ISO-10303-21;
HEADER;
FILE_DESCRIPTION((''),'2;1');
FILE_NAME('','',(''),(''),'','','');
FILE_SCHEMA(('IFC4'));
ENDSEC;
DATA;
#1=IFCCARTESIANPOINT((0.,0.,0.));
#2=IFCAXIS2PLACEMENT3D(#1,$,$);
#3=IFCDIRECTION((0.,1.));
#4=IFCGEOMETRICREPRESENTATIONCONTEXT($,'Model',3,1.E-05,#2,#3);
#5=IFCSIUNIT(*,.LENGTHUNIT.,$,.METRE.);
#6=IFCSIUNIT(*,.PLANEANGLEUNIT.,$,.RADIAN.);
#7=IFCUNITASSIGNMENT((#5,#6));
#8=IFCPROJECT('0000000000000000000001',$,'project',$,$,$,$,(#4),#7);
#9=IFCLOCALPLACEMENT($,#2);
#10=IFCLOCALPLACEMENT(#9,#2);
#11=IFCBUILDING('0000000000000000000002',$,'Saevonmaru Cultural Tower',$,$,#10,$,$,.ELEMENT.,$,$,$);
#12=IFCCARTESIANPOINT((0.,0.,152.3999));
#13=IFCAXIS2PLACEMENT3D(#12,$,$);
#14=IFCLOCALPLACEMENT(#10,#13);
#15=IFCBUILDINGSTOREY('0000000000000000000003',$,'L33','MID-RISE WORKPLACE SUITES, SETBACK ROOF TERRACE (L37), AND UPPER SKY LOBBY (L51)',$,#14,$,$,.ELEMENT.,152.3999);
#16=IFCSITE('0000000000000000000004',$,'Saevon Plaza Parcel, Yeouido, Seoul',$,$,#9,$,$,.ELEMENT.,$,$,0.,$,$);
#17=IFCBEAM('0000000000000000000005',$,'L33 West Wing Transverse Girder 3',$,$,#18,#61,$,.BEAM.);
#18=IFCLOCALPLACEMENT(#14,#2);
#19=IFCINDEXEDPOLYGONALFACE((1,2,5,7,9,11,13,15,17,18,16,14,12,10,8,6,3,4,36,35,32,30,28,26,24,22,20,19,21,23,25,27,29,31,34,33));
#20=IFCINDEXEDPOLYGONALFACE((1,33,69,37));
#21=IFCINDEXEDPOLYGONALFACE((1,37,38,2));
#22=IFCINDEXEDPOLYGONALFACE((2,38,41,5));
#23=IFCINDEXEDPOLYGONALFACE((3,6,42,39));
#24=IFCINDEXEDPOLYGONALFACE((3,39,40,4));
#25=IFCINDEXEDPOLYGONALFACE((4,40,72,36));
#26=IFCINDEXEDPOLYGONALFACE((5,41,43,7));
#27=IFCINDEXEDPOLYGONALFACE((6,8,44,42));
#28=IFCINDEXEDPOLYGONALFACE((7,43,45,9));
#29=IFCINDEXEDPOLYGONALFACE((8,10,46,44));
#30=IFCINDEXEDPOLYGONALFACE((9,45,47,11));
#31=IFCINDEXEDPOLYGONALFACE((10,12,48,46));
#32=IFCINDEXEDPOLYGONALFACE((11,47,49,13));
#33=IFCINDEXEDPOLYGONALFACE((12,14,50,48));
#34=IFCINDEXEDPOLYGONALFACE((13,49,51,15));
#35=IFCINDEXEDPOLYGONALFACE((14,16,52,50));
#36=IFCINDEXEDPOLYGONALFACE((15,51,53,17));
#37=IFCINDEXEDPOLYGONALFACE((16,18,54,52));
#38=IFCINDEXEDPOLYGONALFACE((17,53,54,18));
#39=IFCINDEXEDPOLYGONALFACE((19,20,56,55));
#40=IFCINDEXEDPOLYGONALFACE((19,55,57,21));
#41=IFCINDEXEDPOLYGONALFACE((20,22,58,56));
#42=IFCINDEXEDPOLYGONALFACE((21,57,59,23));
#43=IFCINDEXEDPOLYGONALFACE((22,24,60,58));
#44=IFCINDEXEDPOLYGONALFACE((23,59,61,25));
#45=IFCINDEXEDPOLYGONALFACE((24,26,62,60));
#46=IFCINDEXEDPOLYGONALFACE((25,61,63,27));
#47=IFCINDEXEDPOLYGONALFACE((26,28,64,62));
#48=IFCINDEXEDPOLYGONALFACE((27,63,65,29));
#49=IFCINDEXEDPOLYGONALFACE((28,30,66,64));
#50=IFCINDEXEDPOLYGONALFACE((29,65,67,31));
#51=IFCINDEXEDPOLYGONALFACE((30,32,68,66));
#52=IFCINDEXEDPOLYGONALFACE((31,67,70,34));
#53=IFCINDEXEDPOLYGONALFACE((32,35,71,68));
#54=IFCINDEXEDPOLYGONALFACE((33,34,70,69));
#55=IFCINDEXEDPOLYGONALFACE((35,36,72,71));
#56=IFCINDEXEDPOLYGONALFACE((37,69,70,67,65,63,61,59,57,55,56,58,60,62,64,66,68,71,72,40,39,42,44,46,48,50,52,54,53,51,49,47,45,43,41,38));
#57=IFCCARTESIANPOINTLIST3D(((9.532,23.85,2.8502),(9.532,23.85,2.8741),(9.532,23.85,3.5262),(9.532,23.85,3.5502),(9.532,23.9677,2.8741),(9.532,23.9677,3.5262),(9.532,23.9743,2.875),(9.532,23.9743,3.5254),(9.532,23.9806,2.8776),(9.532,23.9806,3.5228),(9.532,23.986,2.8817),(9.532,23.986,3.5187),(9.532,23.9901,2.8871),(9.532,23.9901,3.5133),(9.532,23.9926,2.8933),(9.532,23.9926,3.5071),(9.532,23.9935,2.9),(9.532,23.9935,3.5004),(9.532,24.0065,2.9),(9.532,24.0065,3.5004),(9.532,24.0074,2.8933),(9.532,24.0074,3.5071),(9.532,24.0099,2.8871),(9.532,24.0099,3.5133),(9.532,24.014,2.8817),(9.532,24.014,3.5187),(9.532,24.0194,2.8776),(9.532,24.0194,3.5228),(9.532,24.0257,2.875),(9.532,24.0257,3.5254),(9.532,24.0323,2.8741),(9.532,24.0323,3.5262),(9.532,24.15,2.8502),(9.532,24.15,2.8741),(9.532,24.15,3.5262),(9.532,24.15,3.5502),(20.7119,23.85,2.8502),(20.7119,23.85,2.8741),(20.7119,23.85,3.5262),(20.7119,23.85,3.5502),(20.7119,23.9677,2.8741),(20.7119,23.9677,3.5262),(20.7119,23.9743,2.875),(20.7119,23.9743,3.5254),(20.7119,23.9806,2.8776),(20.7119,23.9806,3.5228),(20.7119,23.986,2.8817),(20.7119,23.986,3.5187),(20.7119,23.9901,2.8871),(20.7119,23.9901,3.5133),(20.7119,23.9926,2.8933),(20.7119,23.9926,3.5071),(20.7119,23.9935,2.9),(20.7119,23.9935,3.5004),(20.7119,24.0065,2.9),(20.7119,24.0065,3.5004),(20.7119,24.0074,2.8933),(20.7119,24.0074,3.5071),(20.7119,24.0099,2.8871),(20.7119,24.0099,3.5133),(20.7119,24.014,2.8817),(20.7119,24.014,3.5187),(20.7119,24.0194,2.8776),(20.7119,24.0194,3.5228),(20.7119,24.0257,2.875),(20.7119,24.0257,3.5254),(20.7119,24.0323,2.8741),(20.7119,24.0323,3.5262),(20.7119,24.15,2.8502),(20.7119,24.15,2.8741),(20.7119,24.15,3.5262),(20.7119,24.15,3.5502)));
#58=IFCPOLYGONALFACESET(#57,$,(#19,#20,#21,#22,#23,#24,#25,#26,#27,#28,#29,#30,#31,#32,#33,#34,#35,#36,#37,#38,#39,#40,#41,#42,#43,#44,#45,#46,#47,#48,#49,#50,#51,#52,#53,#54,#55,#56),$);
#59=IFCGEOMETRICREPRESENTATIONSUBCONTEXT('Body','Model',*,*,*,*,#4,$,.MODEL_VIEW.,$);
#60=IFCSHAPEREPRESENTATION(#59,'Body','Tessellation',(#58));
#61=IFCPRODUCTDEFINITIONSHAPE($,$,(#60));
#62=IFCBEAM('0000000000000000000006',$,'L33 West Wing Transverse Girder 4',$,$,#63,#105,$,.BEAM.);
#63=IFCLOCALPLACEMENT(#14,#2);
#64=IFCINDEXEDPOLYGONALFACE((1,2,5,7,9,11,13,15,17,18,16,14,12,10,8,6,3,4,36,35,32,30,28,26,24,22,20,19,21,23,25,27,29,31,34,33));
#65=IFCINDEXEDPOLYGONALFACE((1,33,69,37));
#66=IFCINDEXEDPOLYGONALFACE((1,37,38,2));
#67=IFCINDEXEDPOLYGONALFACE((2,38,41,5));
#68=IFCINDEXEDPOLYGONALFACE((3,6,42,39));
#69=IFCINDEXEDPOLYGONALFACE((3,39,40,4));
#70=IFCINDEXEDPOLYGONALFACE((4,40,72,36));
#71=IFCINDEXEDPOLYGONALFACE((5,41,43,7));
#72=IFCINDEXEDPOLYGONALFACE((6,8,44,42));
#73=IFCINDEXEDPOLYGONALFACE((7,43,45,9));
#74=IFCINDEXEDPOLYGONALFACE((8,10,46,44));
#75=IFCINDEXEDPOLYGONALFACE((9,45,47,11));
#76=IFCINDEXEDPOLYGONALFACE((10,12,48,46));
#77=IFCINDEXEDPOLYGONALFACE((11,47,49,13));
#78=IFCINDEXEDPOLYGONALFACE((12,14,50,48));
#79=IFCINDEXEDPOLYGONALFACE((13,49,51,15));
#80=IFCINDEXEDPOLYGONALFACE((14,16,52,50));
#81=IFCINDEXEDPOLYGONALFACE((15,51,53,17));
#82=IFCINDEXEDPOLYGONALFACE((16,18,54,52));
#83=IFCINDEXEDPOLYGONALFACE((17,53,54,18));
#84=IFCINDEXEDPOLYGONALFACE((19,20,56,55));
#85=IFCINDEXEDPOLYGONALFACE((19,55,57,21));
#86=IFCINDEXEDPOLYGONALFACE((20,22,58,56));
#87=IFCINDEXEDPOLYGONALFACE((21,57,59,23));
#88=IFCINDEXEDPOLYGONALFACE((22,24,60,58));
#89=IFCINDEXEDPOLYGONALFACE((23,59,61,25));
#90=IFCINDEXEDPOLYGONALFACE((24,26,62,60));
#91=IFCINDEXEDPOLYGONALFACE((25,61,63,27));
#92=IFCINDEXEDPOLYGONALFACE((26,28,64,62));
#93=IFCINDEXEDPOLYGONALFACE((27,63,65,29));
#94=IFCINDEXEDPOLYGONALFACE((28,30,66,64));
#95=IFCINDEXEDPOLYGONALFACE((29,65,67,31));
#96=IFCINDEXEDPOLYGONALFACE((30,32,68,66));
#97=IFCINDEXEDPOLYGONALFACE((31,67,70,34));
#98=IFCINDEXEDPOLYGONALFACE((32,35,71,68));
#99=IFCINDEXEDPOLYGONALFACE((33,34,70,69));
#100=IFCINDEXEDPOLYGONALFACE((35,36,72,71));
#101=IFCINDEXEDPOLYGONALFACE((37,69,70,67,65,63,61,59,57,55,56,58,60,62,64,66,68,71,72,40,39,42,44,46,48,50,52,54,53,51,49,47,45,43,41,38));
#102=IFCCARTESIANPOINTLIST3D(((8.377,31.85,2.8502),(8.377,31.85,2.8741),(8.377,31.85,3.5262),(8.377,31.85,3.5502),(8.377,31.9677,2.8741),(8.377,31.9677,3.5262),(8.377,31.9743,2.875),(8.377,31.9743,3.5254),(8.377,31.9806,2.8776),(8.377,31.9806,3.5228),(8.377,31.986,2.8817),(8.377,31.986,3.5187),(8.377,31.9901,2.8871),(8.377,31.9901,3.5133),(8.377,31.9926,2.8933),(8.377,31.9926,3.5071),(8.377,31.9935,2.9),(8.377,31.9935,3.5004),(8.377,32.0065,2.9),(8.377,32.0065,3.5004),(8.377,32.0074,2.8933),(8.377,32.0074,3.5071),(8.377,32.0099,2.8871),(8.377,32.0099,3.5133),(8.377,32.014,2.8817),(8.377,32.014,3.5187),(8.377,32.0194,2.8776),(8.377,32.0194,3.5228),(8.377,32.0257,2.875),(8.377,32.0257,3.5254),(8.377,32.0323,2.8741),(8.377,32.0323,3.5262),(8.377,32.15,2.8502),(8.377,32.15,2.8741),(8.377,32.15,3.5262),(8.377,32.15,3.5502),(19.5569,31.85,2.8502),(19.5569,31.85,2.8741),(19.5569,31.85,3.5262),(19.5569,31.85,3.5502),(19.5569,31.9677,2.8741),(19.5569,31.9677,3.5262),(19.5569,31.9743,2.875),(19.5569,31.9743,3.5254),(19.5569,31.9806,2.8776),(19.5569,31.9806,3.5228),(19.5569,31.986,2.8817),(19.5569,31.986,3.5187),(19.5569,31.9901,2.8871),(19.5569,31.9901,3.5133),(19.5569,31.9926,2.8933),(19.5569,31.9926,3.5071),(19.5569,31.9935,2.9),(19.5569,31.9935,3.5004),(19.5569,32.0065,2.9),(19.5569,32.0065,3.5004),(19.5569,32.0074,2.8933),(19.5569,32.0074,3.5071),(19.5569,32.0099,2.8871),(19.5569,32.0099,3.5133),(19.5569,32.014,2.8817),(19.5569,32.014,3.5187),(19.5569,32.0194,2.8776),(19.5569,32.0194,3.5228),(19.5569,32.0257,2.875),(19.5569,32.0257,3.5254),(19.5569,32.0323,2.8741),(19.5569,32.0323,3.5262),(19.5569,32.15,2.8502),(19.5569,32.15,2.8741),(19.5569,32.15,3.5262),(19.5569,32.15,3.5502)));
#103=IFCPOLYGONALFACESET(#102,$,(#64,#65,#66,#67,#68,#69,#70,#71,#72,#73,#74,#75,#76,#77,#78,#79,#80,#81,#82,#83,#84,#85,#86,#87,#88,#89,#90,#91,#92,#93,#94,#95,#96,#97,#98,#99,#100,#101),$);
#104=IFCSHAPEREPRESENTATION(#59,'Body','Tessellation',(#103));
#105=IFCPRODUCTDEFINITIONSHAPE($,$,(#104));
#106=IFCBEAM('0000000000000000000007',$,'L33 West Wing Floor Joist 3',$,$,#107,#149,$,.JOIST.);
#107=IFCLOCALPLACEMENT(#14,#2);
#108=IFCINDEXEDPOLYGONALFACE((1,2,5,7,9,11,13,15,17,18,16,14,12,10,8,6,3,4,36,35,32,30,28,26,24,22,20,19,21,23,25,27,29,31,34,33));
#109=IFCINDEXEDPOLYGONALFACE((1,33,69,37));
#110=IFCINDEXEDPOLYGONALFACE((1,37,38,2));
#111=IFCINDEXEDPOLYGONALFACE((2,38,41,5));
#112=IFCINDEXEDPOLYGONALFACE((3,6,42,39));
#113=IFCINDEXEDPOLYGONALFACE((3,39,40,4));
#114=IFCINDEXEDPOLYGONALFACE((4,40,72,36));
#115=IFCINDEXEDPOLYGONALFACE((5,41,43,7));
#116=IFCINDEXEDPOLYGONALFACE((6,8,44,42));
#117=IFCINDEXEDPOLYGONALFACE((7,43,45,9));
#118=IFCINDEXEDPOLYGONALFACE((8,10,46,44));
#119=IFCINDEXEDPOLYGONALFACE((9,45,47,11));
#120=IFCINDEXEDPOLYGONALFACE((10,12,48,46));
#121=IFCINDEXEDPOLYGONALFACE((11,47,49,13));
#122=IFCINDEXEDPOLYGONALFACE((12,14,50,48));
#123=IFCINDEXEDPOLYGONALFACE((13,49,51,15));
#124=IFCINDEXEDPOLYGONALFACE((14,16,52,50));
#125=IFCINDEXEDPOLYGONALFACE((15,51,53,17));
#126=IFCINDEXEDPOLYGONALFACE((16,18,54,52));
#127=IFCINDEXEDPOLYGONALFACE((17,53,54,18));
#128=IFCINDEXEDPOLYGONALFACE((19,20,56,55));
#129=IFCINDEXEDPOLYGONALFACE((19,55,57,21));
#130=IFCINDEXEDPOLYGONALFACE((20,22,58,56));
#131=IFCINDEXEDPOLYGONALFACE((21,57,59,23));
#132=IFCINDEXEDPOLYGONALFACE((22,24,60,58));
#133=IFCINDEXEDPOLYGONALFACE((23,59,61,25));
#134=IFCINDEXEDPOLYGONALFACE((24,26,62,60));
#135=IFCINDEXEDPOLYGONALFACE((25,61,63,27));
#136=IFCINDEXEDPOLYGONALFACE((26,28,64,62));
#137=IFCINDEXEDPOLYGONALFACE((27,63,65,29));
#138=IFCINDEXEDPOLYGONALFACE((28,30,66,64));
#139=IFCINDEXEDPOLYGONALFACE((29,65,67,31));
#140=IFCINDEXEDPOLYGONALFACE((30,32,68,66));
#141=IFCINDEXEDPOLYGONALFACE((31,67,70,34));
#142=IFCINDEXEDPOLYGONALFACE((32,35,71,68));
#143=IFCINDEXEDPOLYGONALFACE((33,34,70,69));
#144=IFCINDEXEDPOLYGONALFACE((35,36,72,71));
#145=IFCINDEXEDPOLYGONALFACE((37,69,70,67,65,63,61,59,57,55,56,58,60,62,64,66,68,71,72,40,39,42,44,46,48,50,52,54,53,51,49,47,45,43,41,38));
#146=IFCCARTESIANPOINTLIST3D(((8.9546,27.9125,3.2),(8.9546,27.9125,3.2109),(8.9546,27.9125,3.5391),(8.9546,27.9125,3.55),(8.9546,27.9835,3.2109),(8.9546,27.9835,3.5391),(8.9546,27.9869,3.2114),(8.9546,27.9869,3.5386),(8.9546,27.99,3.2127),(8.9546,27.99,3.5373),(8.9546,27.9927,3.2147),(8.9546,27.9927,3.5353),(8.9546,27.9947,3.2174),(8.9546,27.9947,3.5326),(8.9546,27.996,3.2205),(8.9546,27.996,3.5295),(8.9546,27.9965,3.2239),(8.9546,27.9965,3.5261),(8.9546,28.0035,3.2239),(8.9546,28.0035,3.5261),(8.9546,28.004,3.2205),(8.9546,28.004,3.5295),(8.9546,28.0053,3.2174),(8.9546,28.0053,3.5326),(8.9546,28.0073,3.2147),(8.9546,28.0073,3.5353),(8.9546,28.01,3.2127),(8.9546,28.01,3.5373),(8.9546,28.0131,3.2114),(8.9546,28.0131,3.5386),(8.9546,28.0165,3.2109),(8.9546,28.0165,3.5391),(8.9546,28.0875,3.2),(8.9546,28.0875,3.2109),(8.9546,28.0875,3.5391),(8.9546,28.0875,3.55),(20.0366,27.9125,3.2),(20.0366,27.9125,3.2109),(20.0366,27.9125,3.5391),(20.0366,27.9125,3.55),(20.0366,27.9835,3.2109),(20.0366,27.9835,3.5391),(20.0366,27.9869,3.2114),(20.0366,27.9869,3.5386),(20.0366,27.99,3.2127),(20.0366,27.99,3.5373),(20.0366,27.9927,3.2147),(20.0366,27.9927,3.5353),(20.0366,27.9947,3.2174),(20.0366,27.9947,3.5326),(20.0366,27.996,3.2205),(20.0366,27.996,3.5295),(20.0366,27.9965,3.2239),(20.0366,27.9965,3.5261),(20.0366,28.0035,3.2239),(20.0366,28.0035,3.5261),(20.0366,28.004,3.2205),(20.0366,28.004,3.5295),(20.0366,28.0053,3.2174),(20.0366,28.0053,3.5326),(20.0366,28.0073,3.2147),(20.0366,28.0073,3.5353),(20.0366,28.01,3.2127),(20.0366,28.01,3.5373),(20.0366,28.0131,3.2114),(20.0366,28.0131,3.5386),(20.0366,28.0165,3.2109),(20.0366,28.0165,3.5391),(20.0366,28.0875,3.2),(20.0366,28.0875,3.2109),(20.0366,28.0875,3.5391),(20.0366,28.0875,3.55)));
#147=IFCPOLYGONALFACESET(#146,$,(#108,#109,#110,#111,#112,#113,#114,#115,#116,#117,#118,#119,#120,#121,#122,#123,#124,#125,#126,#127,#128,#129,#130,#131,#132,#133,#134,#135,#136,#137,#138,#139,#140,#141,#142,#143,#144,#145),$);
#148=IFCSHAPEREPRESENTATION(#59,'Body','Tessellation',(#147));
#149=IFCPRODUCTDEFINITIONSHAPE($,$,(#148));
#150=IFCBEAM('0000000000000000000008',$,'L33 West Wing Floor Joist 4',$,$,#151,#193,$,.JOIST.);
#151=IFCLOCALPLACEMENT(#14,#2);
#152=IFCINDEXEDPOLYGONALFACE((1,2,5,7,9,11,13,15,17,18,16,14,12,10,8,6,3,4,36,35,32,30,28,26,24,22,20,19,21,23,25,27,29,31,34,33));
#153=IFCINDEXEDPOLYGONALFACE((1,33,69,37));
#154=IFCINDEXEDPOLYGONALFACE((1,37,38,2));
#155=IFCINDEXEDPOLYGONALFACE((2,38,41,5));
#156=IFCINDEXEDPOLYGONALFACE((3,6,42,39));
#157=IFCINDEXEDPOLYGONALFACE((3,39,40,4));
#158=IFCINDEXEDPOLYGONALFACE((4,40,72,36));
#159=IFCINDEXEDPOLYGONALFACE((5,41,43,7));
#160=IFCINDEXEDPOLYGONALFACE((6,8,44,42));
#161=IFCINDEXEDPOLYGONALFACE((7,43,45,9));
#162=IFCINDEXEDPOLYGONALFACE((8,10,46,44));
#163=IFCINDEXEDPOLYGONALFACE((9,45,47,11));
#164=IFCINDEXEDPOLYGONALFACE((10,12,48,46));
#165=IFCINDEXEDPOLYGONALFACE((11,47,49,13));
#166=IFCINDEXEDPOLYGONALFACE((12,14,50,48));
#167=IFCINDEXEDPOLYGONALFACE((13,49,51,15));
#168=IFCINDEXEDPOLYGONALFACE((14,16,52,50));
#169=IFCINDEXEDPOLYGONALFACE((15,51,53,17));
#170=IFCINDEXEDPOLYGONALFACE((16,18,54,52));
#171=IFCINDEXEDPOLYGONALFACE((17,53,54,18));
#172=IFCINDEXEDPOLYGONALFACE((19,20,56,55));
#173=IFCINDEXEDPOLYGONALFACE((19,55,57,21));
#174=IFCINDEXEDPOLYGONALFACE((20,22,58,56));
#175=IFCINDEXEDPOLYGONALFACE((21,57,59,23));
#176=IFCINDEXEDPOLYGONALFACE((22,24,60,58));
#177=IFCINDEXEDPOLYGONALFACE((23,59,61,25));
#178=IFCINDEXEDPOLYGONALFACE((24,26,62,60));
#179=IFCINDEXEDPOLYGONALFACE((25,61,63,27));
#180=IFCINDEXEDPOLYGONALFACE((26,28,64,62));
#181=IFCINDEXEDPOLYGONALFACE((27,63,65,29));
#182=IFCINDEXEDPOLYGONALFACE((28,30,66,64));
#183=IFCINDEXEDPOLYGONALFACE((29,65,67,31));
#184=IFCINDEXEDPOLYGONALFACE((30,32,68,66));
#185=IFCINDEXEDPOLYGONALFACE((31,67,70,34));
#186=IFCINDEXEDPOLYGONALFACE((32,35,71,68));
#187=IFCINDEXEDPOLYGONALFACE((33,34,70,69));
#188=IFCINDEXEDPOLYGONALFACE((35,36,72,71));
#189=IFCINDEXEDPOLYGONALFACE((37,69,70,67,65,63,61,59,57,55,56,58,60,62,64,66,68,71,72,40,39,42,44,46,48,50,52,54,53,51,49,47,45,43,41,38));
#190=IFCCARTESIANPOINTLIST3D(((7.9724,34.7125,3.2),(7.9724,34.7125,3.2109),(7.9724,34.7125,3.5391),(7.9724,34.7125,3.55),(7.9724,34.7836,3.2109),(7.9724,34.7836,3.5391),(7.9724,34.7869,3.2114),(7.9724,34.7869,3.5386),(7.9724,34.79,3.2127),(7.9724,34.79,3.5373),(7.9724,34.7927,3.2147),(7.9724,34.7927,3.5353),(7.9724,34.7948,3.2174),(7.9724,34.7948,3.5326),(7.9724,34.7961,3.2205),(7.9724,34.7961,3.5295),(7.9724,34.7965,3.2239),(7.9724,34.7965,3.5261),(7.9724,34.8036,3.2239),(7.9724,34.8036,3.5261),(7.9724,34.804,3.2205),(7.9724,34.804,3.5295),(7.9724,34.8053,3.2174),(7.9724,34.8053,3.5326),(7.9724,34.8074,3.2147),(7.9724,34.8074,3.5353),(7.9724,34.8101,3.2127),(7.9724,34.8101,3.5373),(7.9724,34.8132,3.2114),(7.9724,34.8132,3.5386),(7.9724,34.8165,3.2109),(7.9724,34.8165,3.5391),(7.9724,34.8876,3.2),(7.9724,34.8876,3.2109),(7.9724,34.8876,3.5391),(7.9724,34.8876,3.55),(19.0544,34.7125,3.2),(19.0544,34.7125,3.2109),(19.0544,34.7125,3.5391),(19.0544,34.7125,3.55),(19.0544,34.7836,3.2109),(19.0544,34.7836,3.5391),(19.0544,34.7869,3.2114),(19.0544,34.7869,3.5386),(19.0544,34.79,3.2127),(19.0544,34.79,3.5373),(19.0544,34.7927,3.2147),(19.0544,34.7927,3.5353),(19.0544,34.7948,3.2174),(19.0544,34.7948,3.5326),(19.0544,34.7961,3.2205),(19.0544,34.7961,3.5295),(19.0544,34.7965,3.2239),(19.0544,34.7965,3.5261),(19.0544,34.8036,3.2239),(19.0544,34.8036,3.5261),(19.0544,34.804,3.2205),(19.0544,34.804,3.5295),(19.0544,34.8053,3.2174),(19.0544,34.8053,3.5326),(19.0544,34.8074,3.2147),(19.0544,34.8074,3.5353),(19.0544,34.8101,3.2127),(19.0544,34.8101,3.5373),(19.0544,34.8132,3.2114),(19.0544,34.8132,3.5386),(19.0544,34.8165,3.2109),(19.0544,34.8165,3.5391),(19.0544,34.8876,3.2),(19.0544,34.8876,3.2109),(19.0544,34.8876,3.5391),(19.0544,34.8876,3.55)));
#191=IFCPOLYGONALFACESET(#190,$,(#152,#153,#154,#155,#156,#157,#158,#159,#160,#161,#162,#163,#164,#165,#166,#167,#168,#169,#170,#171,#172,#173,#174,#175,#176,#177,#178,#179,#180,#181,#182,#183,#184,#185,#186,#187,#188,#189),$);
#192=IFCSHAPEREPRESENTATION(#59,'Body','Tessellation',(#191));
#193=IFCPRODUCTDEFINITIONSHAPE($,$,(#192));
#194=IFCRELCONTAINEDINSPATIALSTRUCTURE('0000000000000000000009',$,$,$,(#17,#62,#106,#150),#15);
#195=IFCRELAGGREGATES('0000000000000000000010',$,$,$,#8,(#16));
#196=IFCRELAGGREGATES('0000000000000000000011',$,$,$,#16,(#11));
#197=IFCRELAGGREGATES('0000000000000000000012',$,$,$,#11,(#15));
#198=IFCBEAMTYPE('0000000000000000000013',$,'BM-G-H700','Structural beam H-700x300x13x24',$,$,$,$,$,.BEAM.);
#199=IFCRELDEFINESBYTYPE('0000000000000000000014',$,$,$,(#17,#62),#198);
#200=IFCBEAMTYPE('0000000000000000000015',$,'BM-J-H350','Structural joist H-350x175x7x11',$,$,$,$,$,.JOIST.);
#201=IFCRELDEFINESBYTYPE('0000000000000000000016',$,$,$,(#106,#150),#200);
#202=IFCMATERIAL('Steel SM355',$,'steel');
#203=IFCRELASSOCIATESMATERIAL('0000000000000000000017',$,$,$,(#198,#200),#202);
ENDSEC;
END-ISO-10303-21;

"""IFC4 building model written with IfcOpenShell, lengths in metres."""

from ifc_helpers import new_model, si_unit, direction, frame, origin, origin_2d, place, context, subcontext, project, spatial, i_section, extrude, material, material_profile, profile_set, type_object, element, save


model = new_model("IFC4")

# Units and contexts
model_context = context("Model", 3, precision=1e-05, world=origin(), true_north=direction((0.0, 1.0)))
body_context = subcontext(model_context, "Body", "Model", "MODEL_VIEW")
ifc_project = project(units=[si_unit("LENGTHUNIT", "METRE"), si_unit("PLANEANGLEUNIT", "RADIAN")], contexts=[model_context])

# Site, building, storey
site_placement = place(None, origin())
site = spatial("IfcSite", under=ifc_project, at=site_placement, Name="Saevon Plaza Parcel, Yeouido, Seoul", CompositionType="ELEMENT", RefElevation=0.0)
building_placement = place(site_placement, origin())
building = spatial("IfcBuilding", under=site, at=building_placement, Name="Saevonmaru Cultural Tower", CompositionType="ELEMENT")
storey_placement = place(building_placement, frame((0.0, 0.0, 152.3999)))
storey = spatial("IfcBuildingStorey", under=building, at=storey_placement, Name="L33", Description="MID-RISE WORKPLACE SUITES, SETBACK ROOF TERRACE (L37), AND UPPER SKY LOBBY (L51)", CompositionType="ELEMENT", Elevation=152.3999)

# Shared definitions
ifc_material_1 = material(Name="Steel SM355", Category="steel")

# Beams
ifc_material_profile_1 = material_profile(ifc_material_1, i_section(OverallWidth=0.3, OverallDepth=0.7, WebThickness=0.0129, FlangeThickness=0.0239, FilletRadius=0.0259, at=origin_2d()), Name="H-700x300x13x24")
ifc_profile_set_1 = profile_set([ifc_material_profile_1], Name="Steel SM355")
beam_type_1 = type_object("IfcBeamType", Name="BM-G-H700", Description="Structural beam H-700x300x13x24", PredefinedType="BEAM", material=ifc_profile_set_1)
for number, where, z_axis, x_axis, name in (
    (1, (9.532, 24.0, 3.2002), (1.0, 0.0, 0.0), (0.0, 1.0, 0.0), "L33 West Wing Transverse Girder 3"),
    (2, (8.377, 32.0, 3.2002), (1.0, 0.0, 0.0), (0.0, 1.0, 0.0), "L33 West Wing Transverse Girder 4"),
):
    element("IfcBeam", number, at=place(storey_placement, frame(where, z_axis=z_axis, x_axis=x_axis)), inside=storey, type_object=beam_type_1, Name=name, PredefinedType="BEAM", context=body_context, shape_type="SweptSolid", body=[
        extrude(i_section(OverallWidth=0.3, OverallDepth=0.7, WebThickness=0.0129, FlangeThickness=0.0239, FilletRadius=0.0259, at=origin_2d()), origin(), (0.0, 0.0, 1.0), 11.1799),
    ])
ifc_material_profile_2 = material_profile(ifc_material_1, i_section(OverallWidth=0.175, OverallDepth=0.3501, WebThickness=0.0071, FlangeThickness=0.011, FilletRadius=0.0129, at=origin_2d()), Name="H-350x175x7x11")
ifc_profile_set_2 = profile_set([ifc_material_profile_2], Name="Steel SM355")
beam_type_2 = type_object("IfcBeamType", Name="BM-J-H350", Description="Structural joist H-350x175x7x11", PredefinedType="JOIST", material=ifc_profile_set_2)
for number, where, z_axis, x_axis, name in (
    (3, (8.9546, 28.0, 3.375), (1.0, 0.0, 0.0), (0.0, 1.0, 0.0), "L33 West Wing Floor Joist 3"),
    (4, (7.9724, 34.8, 3.375), (1.0, 0.0, 0.0), (0.0, 1.0, 0.0), "L33 West Wing Floor Joist 4"),
):
    element("IfcBeam", number, at=place(storey_placement, frame(where, z_axis=z_axis, x_axis=x_axis)), inside=storey, type_object=beam_type_2, Name=name, PredefinedType="JOIST", context=body_context, shape_type="SweptSolid", body=[
        extrude(i_section(OverallWidth=0.175, OverallDepth=0.3501, WebThickness=0.0071, FlangeThickness=0.011, FilletRadius=0.0129, at=origin_2d()), origin(), (0.0, 0.0, 1.0), 11.082),
    ])

save(model, "model.ifc")
